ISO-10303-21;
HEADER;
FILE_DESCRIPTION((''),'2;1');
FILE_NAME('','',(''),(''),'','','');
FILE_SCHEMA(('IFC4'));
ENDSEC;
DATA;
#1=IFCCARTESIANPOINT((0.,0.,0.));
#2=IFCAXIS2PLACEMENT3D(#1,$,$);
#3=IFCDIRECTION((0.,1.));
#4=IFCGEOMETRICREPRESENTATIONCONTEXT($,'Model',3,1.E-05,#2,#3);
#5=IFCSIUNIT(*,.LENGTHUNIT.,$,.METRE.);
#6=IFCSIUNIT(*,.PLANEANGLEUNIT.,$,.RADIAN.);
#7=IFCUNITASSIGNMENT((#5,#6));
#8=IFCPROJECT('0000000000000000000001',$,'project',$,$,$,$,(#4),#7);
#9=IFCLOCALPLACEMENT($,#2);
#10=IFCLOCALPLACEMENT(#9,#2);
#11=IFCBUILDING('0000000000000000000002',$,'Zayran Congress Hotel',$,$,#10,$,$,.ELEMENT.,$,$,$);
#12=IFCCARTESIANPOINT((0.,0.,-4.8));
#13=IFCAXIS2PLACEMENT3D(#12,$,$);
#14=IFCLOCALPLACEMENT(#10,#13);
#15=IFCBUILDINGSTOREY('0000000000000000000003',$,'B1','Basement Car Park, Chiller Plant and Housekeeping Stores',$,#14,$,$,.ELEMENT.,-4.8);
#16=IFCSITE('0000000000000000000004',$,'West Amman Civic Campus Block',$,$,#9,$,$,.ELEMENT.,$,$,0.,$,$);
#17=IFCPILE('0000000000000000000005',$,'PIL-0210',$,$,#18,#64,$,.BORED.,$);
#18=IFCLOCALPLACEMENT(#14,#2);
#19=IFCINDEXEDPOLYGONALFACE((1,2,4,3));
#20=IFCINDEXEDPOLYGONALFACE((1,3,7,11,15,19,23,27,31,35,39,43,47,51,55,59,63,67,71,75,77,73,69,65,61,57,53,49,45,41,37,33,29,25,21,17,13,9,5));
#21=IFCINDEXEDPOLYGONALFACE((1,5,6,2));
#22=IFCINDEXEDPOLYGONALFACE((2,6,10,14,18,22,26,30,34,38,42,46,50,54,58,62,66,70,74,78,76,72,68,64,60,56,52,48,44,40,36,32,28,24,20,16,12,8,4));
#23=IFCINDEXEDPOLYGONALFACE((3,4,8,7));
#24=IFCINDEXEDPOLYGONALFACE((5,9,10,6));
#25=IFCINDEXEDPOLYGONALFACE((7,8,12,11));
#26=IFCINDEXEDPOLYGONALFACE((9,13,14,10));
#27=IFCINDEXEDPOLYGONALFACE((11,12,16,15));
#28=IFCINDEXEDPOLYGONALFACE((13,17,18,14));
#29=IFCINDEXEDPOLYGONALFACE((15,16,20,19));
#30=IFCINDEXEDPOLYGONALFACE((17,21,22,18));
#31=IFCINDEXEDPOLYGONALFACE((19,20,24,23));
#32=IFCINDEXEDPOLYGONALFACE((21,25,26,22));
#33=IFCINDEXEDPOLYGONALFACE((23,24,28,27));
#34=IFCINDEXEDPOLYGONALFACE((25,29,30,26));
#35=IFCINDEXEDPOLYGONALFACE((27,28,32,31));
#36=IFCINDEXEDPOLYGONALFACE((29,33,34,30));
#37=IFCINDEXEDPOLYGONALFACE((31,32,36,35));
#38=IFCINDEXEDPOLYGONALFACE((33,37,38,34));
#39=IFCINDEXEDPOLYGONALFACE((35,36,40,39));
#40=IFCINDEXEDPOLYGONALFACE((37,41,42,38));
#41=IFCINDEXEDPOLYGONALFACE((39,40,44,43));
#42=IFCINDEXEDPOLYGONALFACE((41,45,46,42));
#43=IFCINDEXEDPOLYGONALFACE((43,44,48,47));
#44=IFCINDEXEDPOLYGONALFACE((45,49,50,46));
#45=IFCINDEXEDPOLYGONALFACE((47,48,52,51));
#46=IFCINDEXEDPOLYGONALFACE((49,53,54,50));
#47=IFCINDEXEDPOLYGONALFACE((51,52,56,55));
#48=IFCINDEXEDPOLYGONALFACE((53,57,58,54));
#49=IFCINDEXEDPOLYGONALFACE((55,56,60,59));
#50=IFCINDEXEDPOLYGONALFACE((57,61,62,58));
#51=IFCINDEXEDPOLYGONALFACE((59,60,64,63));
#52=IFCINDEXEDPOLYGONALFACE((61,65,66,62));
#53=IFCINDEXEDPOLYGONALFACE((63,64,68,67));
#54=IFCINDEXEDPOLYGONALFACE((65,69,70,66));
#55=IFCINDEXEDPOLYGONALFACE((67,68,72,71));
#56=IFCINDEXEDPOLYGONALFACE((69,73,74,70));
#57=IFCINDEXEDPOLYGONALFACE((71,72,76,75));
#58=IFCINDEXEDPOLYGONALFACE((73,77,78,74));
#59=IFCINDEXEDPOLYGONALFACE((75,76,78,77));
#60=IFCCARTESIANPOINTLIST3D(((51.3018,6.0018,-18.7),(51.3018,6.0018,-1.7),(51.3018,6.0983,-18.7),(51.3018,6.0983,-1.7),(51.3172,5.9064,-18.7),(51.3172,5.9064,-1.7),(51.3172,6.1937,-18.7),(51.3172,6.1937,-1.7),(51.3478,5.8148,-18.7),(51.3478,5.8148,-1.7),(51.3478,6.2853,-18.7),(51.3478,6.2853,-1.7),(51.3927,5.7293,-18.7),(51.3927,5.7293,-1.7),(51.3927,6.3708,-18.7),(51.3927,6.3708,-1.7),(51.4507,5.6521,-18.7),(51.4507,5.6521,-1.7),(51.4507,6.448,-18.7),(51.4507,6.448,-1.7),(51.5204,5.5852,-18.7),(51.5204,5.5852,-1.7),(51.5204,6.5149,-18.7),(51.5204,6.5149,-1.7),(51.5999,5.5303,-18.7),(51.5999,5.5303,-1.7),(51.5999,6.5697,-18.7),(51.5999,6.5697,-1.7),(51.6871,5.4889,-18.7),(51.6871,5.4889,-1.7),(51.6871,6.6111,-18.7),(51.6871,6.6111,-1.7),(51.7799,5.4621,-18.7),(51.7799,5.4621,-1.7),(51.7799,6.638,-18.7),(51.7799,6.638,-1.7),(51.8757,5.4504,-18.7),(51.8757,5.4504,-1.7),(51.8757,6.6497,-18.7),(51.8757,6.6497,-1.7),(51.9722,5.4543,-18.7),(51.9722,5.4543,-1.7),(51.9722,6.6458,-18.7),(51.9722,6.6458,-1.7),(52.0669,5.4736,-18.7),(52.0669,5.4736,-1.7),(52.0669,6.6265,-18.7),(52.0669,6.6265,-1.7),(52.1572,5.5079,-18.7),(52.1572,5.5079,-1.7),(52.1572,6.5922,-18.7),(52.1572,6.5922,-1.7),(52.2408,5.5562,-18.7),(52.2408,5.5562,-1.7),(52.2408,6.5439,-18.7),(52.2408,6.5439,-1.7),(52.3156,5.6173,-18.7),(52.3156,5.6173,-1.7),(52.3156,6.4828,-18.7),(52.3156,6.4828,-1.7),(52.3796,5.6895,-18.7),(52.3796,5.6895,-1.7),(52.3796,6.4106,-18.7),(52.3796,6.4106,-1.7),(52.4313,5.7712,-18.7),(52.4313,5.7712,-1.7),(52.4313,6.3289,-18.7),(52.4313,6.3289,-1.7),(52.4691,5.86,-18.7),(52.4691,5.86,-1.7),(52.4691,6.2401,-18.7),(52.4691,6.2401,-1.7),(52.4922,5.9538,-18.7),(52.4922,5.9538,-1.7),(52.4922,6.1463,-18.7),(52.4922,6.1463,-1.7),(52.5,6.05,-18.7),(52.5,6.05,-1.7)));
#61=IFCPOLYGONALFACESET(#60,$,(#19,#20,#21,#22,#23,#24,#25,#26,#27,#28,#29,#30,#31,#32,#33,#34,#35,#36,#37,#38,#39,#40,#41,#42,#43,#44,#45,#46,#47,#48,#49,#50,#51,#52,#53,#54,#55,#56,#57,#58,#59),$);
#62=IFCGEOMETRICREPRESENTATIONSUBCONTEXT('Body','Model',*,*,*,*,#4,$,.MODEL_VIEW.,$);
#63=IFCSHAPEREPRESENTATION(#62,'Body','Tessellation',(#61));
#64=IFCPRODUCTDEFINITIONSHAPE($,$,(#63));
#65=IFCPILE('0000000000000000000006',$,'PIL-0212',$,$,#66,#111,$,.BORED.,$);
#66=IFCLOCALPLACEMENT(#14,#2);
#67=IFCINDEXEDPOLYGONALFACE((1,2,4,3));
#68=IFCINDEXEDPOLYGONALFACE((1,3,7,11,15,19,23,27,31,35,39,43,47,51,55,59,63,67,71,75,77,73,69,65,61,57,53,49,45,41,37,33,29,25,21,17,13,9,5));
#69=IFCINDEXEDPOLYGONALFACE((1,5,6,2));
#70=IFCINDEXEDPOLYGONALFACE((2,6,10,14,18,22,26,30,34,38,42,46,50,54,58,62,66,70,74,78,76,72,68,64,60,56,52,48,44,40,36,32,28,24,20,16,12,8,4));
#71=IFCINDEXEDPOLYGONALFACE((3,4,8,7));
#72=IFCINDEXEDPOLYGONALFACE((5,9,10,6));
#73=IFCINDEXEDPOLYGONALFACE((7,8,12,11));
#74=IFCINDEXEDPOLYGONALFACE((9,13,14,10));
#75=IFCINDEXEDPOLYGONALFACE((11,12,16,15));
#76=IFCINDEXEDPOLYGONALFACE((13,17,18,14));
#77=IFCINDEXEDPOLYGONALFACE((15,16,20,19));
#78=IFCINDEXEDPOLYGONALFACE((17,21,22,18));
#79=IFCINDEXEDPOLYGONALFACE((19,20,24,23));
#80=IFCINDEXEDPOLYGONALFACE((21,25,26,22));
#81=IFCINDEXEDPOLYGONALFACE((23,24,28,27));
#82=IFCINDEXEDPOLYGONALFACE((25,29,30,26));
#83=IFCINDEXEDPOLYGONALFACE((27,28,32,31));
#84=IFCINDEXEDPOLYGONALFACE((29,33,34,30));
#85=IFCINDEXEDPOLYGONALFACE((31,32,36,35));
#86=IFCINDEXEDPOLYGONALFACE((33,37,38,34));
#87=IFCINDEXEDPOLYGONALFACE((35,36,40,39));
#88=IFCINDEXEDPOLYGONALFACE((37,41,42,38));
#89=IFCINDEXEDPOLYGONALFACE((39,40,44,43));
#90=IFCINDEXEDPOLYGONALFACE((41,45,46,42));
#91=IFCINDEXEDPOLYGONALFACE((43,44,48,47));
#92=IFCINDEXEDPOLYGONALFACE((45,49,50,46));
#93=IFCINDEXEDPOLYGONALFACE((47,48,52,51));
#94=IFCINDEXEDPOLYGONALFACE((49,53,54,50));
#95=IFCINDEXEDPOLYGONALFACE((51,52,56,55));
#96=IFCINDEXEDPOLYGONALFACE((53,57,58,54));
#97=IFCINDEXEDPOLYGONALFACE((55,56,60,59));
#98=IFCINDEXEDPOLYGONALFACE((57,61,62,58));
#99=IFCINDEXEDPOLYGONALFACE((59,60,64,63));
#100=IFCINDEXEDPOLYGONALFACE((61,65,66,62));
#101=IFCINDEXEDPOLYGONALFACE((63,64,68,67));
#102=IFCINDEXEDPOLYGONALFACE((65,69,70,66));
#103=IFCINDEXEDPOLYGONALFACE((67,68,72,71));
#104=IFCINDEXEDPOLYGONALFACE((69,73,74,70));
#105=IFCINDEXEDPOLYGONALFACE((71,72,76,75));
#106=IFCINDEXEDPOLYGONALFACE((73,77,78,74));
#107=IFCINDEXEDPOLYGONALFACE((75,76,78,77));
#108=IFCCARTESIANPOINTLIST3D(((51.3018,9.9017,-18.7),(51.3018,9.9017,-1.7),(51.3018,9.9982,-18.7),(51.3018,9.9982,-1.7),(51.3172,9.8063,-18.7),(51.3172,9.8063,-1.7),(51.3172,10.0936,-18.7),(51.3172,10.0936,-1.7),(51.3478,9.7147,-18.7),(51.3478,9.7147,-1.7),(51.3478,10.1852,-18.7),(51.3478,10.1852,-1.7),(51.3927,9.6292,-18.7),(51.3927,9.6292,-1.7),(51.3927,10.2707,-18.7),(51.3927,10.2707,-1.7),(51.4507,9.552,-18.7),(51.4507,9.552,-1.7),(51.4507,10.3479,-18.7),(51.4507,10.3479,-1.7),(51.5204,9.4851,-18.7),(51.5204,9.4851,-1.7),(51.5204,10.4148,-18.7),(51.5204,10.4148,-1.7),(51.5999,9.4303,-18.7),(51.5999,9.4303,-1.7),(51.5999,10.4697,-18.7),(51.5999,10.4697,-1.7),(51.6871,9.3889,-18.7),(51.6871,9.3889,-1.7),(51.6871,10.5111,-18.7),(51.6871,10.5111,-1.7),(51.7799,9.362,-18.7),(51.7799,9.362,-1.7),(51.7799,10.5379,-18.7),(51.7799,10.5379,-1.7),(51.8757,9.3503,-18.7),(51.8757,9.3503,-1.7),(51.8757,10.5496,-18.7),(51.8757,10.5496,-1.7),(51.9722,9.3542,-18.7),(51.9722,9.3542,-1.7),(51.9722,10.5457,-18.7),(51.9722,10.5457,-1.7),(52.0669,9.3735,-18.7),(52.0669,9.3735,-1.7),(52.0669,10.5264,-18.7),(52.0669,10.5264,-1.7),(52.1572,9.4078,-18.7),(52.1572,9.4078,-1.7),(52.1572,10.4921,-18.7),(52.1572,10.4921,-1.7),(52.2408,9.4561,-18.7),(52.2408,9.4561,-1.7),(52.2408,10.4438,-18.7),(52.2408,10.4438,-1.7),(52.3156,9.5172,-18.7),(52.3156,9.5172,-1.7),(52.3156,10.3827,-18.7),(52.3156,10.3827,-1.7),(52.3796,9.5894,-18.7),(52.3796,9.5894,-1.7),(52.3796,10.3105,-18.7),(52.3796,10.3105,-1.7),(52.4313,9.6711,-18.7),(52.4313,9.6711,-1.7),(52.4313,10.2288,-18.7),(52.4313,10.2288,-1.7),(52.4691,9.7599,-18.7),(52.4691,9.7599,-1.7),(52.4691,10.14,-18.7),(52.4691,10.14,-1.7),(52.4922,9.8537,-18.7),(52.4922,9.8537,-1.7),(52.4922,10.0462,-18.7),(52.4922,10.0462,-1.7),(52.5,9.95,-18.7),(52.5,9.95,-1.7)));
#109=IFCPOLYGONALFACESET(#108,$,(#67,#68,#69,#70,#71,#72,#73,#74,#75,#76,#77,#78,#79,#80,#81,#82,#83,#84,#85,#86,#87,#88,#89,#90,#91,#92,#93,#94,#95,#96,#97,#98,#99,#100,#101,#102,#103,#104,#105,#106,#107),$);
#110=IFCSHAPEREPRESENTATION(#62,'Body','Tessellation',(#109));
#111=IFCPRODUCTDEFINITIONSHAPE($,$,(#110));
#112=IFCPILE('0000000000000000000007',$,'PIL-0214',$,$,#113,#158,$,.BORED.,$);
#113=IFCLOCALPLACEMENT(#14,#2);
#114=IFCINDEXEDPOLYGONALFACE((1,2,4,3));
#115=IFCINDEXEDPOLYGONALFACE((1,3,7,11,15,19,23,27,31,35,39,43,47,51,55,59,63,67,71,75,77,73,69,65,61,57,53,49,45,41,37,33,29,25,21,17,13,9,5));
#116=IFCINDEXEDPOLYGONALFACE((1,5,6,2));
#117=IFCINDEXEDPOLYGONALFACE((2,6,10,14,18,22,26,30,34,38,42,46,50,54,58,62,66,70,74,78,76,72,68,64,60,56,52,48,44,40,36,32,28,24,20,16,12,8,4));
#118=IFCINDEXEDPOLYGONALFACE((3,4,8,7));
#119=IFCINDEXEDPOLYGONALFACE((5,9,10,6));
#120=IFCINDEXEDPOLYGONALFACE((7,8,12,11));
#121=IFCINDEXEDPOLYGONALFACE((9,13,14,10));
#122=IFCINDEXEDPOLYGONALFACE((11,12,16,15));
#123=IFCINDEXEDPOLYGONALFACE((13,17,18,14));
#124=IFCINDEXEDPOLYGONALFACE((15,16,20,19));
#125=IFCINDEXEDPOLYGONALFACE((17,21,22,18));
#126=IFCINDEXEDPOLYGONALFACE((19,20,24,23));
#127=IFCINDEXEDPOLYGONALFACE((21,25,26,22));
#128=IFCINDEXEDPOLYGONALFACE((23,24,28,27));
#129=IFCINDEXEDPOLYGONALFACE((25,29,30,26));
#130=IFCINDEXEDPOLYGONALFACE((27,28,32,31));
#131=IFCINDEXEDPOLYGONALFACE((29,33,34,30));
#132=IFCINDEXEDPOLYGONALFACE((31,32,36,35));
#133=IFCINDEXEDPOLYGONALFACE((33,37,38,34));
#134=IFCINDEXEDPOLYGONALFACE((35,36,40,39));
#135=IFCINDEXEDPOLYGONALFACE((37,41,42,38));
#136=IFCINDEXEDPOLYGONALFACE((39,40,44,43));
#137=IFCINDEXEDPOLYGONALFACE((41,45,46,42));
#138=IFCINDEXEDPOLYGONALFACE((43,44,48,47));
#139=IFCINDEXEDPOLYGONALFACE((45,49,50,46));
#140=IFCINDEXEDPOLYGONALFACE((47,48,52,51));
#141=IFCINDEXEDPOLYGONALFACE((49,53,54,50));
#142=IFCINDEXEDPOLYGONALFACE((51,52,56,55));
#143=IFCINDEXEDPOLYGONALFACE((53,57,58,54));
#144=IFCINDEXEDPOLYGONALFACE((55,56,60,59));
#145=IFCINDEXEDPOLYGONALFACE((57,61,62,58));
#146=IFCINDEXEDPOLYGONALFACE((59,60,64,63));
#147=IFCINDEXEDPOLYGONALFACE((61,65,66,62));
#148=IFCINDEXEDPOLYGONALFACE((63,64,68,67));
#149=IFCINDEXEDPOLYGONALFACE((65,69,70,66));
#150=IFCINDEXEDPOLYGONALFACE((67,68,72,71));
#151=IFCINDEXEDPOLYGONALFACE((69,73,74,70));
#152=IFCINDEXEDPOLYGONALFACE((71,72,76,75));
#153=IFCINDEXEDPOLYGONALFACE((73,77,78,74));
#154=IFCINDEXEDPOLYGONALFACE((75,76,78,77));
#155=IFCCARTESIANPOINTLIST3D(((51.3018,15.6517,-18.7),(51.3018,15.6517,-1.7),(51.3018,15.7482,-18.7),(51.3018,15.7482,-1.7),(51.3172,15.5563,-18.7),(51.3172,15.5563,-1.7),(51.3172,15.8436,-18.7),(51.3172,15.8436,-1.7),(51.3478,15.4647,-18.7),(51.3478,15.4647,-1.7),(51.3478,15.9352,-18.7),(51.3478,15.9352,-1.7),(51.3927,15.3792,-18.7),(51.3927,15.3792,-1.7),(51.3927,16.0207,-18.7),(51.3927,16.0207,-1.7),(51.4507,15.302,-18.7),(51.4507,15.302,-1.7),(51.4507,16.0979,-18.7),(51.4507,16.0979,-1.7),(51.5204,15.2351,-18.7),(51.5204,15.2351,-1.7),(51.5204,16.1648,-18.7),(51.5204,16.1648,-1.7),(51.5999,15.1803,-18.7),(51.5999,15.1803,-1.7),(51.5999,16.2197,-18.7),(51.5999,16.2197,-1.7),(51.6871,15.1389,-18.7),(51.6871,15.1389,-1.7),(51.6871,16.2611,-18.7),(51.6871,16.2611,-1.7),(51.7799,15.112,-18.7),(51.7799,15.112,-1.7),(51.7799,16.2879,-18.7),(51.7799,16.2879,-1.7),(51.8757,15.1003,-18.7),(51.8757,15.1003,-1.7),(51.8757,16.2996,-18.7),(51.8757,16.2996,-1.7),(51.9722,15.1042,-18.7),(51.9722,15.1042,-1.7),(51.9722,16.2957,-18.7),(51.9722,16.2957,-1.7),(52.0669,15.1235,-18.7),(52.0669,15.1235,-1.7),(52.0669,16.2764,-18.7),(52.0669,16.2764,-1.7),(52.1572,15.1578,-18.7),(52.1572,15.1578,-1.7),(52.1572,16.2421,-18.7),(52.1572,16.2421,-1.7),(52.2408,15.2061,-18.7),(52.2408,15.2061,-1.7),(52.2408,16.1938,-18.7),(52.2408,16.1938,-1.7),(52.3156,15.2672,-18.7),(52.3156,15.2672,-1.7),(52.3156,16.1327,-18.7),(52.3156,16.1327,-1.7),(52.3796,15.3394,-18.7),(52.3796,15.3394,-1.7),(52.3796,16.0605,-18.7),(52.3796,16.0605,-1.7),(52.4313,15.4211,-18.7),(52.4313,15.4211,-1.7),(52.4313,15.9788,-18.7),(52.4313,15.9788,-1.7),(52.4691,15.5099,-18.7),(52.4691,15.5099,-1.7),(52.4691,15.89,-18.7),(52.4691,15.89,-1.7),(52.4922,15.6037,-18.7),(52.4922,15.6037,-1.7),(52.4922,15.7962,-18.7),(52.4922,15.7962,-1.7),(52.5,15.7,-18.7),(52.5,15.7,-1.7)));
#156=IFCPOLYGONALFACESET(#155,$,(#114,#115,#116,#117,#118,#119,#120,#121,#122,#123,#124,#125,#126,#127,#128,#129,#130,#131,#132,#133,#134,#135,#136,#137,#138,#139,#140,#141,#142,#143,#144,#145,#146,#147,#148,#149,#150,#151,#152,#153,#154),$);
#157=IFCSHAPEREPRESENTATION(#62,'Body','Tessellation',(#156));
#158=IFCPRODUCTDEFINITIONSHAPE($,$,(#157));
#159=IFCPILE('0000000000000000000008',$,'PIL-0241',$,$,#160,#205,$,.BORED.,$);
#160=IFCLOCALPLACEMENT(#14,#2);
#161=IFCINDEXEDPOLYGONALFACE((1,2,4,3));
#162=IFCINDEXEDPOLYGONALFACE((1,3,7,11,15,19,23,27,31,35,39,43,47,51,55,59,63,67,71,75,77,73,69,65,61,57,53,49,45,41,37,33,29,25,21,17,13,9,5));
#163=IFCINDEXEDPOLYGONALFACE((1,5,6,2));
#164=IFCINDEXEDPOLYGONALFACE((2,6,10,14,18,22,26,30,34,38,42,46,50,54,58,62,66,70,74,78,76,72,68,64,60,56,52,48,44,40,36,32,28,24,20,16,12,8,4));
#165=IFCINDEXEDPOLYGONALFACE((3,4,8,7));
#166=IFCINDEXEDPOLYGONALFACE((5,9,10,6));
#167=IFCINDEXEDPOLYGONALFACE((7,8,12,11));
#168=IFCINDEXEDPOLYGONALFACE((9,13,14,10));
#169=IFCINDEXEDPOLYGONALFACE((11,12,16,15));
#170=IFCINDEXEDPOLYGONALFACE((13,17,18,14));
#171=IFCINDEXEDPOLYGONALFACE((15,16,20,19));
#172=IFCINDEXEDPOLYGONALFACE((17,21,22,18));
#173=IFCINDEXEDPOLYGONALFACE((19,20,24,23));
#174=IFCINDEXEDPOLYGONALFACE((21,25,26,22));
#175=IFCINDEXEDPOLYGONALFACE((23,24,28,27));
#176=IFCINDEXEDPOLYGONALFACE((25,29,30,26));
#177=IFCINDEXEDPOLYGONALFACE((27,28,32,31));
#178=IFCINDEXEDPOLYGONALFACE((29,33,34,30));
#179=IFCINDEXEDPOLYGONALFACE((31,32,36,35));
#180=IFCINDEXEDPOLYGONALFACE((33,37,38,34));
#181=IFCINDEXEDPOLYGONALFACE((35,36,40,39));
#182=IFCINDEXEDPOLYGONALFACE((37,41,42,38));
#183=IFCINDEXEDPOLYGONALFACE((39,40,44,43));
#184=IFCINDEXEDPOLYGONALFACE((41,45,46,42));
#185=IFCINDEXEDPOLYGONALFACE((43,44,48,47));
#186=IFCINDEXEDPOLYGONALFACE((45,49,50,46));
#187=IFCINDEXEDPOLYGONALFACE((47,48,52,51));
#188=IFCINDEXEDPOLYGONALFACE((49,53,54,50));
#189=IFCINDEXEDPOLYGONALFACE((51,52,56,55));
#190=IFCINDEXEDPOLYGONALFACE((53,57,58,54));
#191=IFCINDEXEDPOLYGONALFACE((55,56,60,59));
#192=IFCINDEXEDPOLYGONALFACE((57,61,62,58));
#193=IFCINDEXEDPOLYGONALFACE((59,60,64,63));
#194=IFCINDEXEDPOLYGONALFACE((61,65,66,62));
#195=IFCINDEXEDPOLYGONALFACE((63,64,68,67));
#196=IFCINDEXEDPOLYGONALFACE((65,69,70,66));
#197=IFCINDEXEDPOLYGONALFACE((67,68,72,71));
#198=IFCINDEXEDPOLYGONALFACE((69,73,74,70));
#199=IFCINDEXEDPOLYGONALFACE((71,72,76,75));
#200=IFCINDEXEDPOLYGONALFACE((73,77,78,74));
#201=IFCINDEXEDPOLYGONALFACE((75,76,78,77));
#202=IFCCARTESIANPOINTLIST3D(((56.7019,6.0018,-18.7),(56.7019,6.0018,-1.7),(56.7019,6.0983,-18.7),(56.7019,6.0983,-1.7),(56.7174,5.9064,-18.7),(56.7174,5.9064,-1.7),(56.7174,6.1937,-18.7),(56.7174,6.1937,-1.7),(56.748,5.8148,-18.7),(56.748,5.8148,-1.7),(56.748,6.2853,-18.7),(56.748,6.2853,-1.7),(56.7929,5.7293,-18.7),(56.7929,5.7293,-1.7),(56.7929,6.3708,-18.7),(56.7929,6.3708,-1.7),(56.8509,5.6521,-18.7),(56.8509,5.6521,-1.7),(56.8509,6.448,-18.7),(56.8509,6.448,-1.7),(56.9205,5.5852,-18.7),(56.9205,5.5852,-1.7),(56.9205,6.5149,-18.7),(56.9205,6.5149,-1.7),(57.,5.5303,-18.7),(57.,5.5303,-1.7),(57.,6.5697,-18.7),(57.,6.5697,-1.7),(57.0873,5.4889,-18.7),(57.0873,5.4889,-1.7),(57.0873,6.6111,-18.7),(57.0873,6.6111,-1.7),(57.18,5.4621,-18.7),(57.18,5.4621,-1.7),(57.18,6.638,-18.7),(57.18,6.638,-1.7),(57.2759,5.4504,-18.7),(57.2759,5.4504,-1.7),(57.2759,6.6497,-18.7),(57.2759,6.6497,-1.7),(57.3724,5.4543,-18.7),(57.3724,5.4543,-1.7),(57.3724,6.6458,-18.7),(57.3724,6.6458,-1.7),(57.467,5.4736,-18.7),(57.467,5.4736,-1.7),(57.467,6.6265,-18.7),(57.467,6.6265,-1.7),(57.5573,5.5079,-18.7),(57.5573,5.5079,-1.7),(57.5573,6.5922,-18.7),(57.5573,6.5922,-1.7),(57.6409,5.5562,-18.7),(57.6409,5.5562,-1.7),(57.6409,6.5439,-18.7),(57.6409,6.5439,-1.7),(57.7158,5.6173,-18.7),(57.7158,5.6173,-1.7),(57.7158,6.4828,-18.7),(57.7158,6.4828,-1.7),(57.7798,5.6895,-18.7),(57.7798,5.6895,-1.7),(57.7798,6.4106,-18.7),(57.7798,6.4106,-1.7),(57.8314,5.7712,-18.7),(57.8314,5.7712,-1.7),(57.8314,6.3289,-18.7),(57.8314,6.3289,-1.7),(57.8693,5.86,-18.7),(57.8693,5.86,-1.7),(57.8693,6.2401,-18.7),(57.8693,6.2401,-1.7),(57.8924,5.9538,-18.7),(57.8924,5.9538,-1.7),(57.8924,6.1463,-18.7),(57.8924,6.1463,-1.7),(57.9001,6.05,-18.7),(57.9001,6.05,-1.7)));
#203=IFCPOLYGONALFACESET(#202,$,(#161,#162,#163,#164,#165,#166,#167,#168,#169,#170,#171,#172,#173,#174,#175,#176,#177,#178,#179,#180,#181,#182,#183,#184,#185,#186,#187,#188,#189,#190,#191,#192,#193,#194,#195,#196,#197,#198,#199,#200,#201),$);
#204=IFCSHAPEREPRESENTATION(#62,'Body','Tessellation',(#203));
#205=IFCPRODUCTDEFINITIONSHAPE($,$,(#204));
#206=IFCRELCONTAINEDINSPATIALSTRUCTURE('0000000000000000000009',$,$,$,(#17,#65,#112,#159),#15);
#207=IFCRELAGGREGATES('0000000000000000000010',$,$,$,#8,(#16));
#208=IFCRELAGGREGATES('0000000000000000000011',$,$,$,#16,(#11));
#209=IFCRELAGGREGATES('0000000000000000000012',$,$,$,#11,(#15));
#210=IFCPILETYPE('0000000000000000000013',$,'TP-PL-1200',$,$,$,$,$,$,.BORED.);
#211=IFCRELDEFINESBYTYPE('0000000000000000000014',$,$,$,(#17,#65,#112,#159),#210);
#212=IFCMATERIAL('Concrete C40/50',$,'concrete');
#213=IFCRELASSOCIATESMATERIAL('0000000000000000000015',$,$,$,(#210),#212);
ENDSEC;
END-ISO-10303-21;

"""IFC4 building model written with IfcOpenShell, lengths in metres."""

from ifc_helpers import new_model, si_unit, direction, frame, origin, origin_2d, place, context, subcontext, project, spatial, circle, extrude, material, material_profile, profile_set, type_object, element, save


model = new_model("IFC4")

# Units and contexts
model_context = context("Model", 3, precision=1e-05, world=origin(), true_north=direction((0.0, 1.0)))
body_context = subcontext(model_context, "Body", "Model", "MODEL_VIEW")
ifc_project = project(units=[si_unit("LENGTHUNIT", "METRE"), si_unit("PLANEANGLEUNIT", "RADIAN")], contexts=[model_context])

# Site, building, storey
site_placement = place(None, origin())
site = spatial("IfcSite", under=ifc_project, at=site_placement, Name="West Amman Civic Campus Block", CompositionType="ELEMENT", RefElevation=0.0)
building_placement = place(site_placement, origin())
building = spatial("IfcBuilding", under=site, at=building_placement, Name="Zayran Congress Hotel", CompositionType="ELEMENT")
storey_placement = place(building_placement, frame((0.0, 0.0, -4.8)))
storey = spatial("IfcBuildingStorey", under=building, at=storey_placement, Name="B1", Description="Basement Car Park, Chiller Plant and Housekeeping Stores", CompositionType="ELEMENT", Elevation=-4.8)

# Piles
ifc_material_1 = material(Name="Concrete C40/50", Category="concrete")
ifc_material_profile_1 = material_profile(ifc_material_1, circle(Radius=0.6001, at=origin_2d()), Name="PILE D1200")
ifc_profile_set_1 = profile_set([ifc_material_profile_1], Name="Concrete C40/50")
pile_type = type_object("IfcPileType", Name="TP-PL-1200", PredefinedType="BORED", material=ifc_profile_set_1)
for number, where, z_axis, x_axis, name in (
    (1, (51.8999, 6.05, -1.7), (0.0, 0.0, -1.0), (1.0, 0.0, 0.0), "PIL-0210"),
    (2, (51.8999, 9.95, -1.7), (0.0, 0.0, -1.0), (1.0, 0.0, 0.0), "PIL-0212"),
    (3, (51.8999, 15.7, -1.7), (0.0, 0.0, -1.0), (1.0, 0.0, 0.0), "PIL-0214"),
    (4, (57.3, 6.05, -1.7), (0.0, 0.0, -1.0), (1.0, 0.0, 0.0), "PIL-0241"),
):
    element("IfcPile", number, at=place(storey_placement, frame(where, z_axis=z_axis, x_axis=x_axis)), inside=storey, type_object=pile_type, Name=name, PredefinedType="BORED", context=body_context, shape_type="SweptSolid", body=[
        extrude(circle(Radius=0.6001, at=origin_2d()), origin(), (0.0, 0.0, 1.0), 17.0),
    ])

save(model, "model.ifc")
